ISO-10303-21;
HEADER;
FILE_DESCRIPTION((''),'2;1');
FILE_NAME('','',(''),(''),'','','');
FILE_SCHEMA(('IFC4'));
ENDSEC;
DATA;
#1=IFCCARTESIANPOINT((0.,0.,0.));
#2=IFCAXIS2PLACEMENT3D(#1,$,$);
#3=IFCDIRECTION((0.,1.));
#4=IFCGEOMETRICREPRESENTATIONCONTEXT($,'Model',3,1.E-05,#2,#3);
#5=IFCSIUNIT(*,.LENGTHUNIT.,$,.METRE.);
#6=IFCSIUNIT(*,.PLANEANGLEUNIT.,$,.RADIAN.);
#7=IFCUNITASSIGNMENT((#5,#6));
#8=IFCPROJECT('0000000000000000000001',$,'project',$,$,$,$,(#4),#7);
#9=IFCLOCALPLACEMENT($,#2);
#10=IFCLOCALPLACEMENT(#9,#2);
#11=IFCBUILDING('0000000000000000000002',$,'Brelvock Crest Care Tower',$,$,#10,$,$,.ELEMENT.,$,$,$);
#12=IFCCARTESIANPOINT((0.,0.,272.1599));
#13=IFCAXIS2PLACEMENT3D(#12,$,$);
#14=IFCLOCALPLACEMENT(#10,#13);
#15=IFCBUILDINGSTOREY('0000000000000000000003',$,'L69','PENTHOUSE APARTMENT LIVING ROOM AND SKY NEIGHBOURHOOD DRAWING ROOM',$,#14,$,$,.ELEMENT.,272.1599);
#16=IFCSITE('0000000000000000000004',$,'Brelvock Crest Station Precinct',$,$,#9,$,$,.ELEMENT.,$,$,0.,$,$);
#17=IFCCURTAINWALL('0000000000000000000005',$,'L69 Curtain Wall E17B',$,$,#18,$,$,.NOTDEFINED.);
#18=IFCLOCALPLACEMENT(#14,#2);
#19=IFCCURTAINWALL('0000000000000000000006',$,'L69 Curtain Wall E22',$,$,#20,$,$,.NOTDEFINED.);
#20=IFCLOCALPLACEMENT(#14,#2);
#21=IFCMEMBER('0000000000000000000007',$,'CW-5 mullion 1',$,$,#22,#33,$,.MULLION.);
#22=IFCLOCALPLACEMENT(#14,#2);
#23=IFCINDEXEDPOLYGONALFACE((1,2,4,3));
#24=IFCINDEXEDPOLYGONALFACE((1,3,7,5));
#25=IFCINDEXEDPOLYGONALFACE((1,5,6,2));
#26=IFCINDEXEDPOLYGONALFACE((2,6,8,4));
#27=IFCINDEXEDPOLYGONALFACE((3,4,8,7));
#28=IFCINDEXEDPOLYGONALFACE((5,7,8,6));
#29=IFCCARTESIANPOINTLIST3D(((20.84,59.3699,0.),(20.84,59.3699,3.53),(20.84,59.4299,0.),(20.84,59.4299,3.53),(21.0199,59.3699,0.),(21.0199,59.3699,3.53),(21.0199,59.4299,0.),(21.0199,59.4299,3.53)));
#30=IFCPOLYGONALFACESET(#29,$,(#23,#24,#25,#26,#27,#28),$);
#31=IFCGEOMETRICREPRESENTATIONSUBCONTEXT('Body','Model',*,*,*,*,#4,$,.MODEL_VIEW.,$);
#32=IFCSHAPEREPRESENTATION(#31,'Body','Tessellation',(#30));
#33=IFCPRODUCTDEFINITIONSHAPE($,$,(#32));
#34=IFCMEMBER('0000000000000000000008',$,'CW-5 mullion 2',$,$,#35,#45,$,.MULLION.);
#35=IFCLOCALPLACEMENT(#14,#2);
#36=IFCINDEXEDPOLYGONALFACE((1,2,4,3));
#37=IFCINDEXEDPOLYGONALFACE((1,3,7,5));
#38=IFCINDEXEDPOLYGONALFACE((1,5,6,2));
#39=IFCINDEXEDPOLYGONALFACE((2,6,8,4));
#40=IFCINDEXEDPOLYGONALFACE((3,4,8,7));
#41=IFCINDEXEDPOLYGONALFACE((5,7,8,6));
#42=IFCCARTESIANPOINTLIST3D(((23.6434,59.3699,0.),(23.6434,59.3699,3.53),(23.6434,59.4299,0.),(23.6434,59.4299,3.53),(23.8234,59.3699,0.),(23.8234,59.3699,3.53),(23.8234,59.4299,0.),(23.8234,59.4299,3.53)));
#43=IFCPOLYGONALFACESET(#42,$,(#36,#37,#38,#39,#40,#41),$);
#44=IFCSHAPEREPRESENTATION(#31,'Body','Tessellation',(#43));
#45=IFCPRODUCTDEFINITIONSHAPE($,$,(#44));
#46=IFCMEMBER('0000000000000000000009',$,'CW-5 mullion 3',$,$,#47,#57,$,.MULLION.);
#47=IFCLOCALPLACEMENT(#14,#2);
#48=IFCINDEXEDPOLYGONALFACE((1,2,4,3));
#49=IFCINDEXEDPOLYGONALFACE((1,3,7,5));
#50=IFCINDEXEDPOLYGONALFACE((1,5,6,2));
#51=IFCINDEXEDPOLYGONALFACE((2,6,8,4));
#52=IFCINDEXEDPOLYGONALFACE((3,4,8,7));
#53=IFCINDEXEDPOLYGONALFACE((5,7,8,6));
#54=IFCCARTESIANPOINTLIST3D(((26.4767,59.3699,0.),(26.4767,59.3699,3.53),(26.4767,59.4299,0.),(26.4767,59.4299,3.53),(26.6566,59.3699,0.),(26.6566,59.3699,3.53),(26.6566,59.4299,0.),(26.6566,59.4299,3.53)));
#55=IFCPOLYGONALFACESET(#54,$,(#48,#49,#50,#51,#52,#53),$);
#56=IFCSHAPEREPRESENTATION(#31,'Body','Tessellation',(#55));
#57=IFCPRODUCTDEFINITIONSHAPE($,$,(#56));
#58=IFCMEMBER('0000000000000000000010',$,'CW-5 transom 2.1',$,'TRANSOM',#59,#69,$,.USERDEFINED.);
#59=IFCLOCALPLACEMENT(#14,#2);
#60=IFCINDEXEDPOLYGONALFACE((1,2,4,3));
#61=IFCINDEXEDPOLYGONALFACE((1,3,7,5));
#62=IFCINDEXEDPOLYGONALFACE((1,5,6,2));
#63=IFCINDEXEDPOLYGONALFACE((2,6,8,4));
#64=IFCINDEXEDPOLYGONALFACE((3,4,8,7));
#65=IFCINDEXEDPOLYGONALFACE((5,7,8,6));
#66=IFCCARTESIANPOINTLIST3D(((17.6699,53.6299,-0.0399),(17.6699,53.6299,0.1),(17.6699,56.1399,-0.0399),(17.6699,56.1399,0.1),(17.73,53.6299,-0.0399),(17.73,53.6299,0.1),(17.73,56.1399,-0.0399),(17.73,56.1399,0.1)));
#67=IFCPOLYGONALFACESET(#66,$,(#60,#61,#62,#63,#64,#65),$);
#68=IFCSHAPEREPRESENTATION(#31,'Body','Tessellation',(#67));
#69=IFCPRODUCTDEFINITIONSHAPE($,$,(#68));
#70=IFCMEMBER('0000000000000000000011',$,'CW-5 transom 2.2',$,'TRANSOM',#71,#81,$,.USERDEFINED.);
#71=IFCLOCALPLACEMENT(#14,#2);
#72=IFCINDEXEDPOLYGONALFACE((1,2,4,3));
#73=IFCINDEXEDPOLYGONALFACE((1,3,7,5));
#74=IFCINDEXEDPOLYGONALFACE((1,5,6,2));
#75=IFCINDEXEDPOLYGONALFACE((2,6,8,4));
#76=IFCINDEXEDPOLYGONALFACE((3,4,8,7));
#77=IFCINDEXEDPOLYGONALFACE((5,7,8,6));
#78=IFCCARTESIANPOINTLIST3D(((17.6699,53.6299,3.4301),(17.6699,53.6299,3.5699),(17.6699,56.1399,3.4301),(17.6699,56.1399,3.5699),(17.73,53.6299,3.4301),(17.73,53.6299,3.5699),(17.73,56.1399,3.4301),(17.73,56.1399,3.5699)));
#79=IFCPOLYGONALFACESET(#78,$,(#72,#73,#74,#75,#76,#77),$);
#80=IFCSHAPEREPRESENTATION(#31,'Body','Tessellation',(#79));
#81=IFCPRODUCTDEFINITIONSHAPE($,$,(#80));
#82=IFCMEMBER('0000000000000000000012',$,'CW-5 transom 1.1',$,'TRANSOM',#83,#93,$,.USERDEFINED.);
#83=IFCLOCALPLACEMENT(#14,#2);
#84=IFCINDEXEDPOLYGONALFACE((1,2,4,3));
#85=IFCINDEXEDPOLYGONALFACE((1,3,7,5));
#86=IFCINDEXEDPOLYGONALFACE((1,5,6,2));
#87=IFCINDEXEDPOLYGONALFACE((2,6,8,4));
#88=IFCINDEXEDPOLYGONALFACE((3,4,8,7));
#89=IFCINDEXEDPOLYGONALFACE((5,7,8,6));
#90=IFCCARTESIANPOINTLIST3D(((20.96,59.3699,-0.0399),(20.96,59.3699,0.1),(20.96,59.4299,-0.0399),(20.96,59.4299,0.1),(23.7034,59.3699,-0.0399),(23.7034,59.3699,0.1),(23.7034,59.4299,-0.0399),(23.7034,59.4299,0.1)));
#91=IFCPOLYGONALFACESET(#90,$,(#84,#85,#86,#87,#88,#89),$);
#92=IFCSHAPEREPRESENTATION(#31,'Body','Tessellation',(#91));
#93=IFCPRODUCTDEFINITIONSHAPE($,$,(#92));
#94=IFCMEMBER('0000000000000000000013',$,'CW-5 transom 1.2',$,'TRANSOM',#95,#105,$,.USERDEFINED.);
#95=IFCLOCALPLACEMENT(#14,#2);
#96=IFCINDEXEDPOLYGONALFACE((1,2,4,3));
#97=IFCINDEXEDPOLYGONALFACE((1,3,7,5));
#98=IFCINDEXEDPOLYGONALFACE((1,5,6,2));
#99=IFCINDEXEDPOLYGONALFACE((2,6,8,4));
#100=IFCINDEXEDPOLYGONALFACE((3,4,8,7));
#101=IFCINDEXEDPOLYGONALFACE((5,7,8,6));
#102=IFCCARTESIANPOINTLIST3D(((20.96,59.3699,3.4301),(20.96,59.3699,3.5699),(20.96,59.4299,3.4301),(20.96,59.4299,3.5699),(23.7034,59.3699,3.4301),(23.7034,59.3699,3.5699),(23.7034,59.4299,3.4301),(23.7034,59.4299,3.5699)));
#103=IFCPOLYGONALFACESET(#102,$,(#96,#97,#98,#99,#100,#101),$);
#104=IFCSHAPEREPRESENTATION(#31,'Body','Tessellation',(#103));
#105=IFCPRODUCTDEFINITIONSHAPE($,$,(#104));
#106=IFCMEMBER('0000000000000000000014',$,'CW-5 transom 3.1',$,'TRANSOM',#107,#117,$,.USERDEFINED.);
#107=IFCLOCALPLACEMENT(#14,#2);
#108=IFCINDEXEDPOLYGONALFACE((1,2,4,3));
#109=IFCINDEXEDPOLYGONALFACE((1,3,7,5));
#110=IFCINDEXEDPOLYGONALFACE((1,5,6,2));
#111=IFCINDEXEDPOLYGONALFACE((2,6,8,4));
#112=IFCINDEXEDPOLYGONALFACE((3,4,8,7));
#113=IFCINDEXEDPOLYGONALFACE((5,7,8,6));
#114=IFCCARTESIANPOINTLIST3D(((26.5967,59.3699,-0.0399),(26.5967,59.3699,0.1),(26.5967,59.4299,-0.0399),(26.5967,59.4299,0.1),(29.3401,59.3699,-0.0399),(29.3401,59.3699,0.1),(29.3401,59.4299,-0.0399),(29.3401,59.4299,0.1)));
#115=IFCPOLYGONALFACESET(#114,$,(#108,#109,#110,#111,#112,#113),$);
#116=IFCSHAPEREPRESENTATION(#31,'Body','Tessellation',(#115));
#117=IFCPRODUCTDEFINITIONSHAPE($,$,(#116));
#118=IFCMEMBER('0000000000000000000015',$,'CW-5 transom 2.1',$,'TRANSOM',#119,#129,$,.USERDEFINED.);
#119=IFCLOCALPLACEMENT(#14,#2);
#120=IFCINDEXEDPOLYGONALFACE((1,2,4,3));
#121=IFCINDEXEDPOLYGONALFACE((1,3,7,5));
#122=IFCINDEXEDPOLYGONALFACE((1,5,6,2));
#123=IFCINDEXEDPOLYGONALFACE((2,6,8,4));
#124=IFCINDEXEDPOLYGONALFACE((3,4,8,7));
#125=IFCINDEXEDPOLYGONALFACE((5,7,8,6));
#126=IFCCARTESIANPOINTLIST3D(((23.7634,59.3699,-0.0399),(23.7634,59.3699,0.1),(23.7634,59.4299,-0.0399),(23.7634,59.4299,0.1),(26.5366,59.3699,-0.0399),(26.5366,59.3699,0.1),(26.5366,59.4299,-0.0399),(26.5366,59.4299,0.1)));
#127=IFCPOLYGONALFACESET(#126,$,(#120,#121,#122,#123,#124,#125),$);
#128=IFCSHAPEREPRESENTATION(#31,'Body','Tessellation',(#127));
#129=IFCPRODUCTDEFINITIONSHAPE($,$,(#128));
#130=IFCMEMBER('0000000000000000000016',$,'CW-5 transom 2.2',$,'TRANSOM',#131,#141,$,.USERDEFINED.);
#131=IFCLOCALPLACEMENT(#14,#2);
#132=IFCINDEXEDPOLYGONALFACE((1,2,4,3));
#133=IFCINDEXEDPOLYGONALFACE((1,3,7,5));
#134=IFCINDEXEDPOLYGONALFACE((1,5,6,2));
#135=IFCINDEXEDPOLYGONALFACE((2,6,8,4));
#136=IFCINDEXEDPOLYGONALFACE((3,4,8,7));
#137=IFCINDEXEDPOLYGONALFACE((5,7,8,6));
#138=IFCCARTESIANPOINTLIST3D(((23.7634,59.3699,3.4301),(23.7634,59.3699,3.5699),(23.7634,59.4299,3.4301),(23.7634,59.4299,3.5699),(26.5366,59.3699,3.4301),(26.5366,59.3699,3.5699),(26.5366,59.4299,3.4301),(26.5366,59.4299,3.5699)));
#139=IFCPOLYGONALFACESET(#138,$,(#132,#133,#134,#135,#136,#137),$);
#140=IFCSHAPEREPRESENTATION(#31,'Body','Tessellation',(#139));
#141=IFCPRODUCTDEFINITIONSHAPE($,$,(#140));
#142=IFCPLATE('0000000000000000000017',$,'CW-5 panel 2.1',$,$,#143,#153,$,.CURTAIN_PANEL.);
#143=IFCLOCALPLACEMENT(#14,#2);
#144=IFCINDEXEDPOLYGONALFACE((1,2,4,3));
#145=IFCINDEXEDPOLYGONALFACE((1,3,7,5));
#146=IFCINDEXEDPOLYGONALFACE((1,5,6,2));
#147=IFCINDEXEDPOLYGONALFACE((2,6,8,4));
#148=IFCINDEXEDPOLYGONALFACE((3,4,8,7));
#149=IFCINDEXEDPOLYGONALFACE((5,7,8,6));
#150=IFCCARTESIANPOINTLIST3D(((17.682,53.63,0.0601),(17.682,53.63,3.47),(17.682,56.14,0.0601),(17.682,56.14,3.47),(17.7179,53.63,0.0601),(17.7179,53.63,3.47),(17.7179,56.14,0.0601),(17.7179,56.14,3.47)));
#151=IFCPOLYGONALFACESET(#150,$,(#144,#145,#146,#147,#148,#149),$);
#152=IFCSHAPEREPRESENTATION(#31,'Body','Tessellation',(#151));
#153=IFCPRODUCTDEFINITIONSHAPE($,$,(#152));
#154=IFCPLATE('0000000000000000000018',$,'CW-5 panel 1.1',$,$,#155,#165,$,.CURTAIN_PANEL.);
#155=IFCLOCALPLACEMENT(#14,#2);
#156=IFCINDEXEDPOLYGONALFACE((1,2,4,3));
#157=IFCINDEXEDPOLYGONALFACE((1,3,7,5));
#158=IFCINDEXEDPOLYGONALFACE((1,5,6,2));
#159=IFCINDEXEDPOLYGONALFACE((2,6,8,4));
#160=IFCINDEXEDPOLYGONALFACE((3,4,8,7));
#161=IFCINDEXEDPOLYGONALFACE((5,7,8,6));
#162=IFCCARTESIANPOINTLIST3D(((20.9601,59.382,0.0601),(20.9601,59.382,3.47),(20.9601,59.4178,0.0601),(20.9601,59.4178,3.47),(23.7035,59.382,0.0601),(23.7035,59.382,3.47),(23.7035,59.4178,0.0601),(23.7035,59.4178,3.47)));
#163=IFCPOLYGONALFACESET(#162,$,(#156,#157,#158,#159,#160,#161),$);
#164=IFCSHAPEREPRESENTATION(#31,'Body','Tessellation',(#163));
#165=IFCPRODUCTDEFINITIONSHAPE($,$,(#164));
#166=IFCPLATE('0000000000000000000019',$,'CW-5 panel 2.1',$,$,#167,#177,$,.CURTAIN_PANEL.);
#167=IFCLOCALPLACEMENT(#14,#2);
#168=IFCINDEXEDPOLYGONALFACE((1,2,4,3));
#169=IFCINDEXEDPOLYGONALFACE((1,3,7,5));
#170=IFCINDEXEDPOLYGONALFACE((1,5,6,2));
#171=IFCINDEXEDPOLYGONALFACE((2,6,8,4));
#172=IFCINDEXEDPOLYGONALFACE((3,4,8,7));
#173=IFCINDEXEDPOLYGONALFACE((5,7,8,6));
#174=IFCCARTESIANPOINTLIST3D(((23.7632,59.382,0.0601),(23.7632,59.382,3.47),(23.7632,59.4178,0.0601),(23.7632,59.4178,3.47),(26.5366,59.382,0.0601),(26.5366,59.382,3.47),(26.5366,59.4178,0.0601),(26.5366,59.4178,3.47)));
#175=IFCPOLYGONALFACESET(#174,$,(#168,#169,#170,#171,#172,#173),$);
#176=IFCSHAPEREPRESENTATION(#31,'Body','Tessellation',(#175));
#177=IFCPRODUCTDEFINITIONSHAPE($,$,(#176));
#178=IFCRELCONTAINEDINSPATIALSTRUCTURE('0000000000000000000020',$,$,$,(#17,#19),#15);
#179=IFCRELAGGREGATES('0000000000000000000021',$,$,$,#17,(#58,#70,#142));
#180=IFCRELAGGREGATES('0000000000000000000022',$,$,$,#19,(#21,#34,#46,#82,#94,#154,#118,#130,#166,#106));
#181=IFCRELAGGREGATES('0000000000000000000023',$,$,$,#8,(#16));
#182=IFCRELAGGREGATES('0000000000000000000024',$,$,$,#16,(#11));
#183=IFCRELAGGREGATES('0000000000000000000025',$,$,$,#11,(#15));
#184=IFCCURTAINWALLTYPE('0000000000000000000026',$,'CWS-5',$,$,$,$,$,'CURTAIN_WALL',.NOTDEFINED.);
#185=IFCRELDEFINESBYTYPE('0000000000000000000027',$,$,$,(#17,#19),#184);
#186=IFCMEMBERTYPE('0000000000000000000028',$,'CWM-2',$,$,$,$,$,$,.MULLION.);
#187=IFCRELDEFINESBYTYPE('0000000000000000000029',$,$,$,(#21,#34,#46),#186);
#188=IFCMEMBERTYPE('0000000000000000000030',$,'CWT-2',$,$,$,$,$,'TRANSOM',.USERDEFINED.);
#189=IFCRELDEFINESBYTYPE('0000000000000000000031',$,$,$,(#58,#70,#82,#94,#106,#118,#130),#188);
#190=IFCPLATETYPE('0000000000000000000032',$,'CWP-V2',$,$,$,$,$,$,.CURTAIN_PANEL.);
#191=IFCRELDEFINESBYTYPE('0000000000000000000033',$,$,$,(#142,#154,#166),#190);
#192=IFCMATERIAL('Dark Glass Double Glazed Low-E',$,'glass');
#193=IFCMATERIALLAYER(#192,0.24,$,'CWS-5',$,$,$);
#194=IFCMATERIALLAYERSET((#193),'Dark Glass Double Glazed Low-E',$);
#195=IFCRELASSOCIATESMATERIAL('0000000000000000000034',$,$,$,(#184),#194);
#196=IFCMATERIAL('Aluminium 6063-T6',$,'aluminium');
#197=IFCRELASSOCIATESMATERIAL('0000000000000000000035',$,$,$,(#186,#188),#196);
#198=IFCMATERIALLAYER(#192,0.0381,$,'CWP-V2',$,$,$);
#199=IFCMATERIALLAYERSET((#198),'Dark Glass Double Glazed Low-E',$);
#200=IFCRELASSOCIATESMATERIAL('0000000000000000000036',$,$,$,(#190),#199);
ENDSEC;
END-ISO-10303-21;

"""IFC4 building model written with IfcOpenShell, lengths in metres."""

from ifc_helpers import new_model, si_unit, direction, frame, origin, origin_2d, place, context, subcontext, project, spatial, rectangle, extrude, source, transform, mapped, material, layer, layer_set, material_profile, profile_set, type_object, element, aggregate, save


model = new_model("IFC4")

# Units and contexts
model_context = context("Model", 3, precision=1e-05, world=origin(), true_north=direction((0.0, 1.0)))
body_context = subcontext(model_context, "Body", "Model", "MODEL_VIEW")
ifc_project = project(units=[si_unit("LENGTHUNIT", "METRE"), si_unit("PLANEANGLEUNIT", "RADIAN")], contexts=[model_context])

# Site, building, storey
site_placement = place(None, origin())
site = spatial("IfcSite", under=ifc_project, at=site_placement, Name="Brelvock Crest Station Precinct", CompositionType="ELEMENT", RefElevation=0.0)
building_placement = place(site_placement, origin())
building = spatial("IfcBuilding", under=site, at=building_placement, Name="Brelvock Crest Care Tower", CompositionType="ELEMENT")
storey_placement = place(building_placement, frame((0.0, 0.0, 272.1599)))
storey = spatial("IfcBuildingStorey", under=building, at=storey_placement, Name="L69", Description="PENTHOUSE APARTMENT LIVING ROOM AND SKY NEIGHBOURHOOD DRAWING ROOM", CompositionType="ELEMENT", Elevation=272.1599)

# Curtain walls, members
ifc_material_1 = material(Name="Dark Glass Double Glazed Low-E", Category="glass")
ifc_layer_1 = layer(ifc_material_1, 0.24, Name="CWS-5")
ifc_layer_set_1 = layer_set([ifc_layer_1], Name="Dark Glass Double Glazed Low-E")
curtain_wall_type = type_object("IfcCurtainWallType", Name="CWS-5", ElementType="CURTAIN_WALL", PredefinedType="NOTDEFINED", material=ifc_layer_set_1)
curtain_wall_1_placement = place(storey_placement, origin())
curtain_wall_1 = element("IfcCurtainWall", 1, at=curtain_wall_1_placement, inside=storey, type_object=curtain_wall_type, Name="L69 Curtain Wall E17B", PredefinedType="NOTDEFINED")
ifc_material_2 = material(Name="Aluminium 6063-T6", Category="aluminium")
ifc_material_profile_1 = material_profile(ifc_material_2, rectangle(XDim=0.0601, YDim=0.1799, at=origin_2d()), Name="ALU60x180")
ifc_profile_set_1 = profile_set([ifc_material_profile_1], Name="Aluminium 6063-T6")
member_type_1 = type_object("IfcMemberType", Name="CWM-2", PredefinedType="MULLION", material=ifc_profile_set_1)
shared_shape_1 = source(origin(), body_context, "Body", "SweptSolid", [
    extrude(rectangle(XDim=0.0601, YDim=0.1799, at=origin_2d()), origin(), (0.0, 0.0, 1.0), 3.53),
])
curtain_wall_2_placement = place(storey_placement, origin())
curtain_wall_2 = element("IfcCurtainWall", 2, at=curtain_wall_2_placement, inside=storey, type_object=curtain_wall_type, Name="L69 Curtain Wall E22", PredefinedType="NOTDEFINED")
member_1_placement = place(storey_placement, frame((20.9299, 59.3999, 0.0), z_axis=(0.0, 0.0, 1.0), x_axis=(0.0, 1.0, 0.0)))
member_1 = element("IfcMember", 3, at=member_1_placement, type_object=member_type_1, Name="CW-5 mullion 1", PredefinedType="MULLION", context=body_context, shape_type="MappedRepresentation", body=[
    mapped(shared_shape_1, transform((0.0, 0.0, 0.0), x_axis=(1.0, 0.0, 0.0), y_axis=(0.0, 1.0, 0.0), z_axis=(0.0, 0.0, 1.0), scale=1.0)),
])
member_2_placement = place(storey_placement, frame((23.7334, 59.3999, 0.0), z_axis=(0.0, 0.0, 1.0), x_axis=(0.0, 1.0, 0.0)))
member_2 = element("IfcMember", 4, at=member_2_placement, type_object=member_type_1, Name="CW-5 mullion 2", PredefinedType="MULLION", context=body_context, shape_type="MappedRepresentation", body=[
    mapped(shared_shape_1, transform((0.0, 0.0, 0.0), x_axis=(1.0, 0.0, 0.0), y_axis=(0.0, 1.0, 0.0), z_axis=(0.0, 0.0, 1.0), scale=1.0)),
])
member_3_placement = place(storey_placement, frame((26.5667, 59.3999, 0.0), z_axis=(0.0, 0.0, 1.0), x_axis=(0.0, 1.0, 0.0)))
member_3 = element("IfcMember", 5, at=member_3_placement, type_object=member_type_1, Name="CW-5 mullion 3", PredefinedType="MULLION", context=body_context, shape_type="MappedRepresentation", body=[
    mapped(shared_shape_1, transform((0.0, 0.0, 0.0), x_axis=(1.0, 0.0, 0.0), y_axis=(0.0, 1.0, 0.0), z_axis=(0.0, 0.0, 1.0), scale=1.0)),
])

# Members
ifc_material_profile_2 = material_profile(ifc_material_2, rectangle(XDim=0.0601, YDim=0.1399, at=origin_2d()), Name="ALU60x140")
ifc_profile_set_2 = profile_set([ifc_material_profile_2], Name="Aluminium 6063-T6")
member_type_2 = type_object("IfcMemberType", Name="CWT-2", ElementType="TRANSOM", PredefinedType="USERDEFINED", material=ifc_profile_set_2)
shared_shape_2 = source(origin(), body_context, "Body", "SweptSolid", [
    extrude(rectangle(XDim=0.0601, YDim=0.1399, at=origin_2d()), origin(), (0.0, 0.0, 1.0), 2.51),
])
member_4_placement = place(storey_placement, frame((17.7, 53.6299, 0.03), z_axis=(0.0, 1.0, 0.0), x_axis=(-1.0, 0.0, 0.0)))
member_4 = element("IfcMember", 6, at=member_4_placement, type_object=member_type_2, Name="CW-5 transom 2.1", ObjectType="TRANSOM", PredefinedType="USERDEFINED", context=body_context, shape_type="MappedRepresentation", body=[
    mapped(shared_shape_2, transform((0.0, 0.0, 0.0), x_axis=(1.0, 0.0, 0.0), y_axis=(0.0, 1.0, 0.0), z_axis=(0.0, 0.0, 1.0), scale=1.0)),
])
member_5_placement = place(storey_placement, frame((17.7, 53.6299, 3.5), z_axis=(0.0, 1.0, 0.0), x_axis=(-1.0, 0.0, 0.0)))
member_5 = element("IfcMember", 7, at=member_5_placement, type_object=member_type_2, Name="CW-5 transom 2.2", ObjectType="TRANSOM", PredefinedType="USERDEFINED", context=body_context, shape_type="MappedRepresentation", body=[
    mapped(shared_shape_2, transform((0.0, 0.0, 0.0), x_axis=(1.0, 0.0, 0.0), y_axis=(0.0, 1.0, 0.0), z_axis=(0.0, 0.0, 1.0), scale=1.0)),
])
shared_shape_3 = source(origin(), body_context, "Body", "SweptSolid", [
    extrude(rectangle(XDim=0.0601, YDim=0.1399, at=origin_2d()), origin(), (0.0, 0.0, 1.0), 2.7434),
])
member_6_placement = place(storey_placement, frame((20.96, 59.3999, 0.03), z_axis=(1.0, 0.0, 0.0), x_axis=(0.0, 1.0, 0.0)))
member_6 = element("IfcMember", 8, at=member_6_placement, type_object=member_type_2, Name="CW-5 transom 1.1", ObjectType="TRANSOM", PredefinedType="USERDEFINED", context=body_context, shape_type="MappedRepresentation", body=[
    mapped(shared_shape_3, transform((0.0, 0.0, 0.0), x_axis=(1.0, 0.0, 0.0), y_axis=(0.0, 1.0, 0.0), z_axis=(0.0, 0.0, 1.0), scale=1.0)),
])
member_7_placement = place(storey_placement, frame((20.96, 59.3999, 3.5), z_axis=(1.0, 0.0, 0.0), x_axis=(0.0, 1.0, 0.0)))
member_7 = element("IfcMember", 9, at=member_7_placement, type_object=member_type_2, Name="CW-5 transom 1.2", ObjectType="TRANSOM", PredefinedType="USERDEFINED", context=body_context, shape_type="MappedRepresentation", body=[
    mapped(shared_shape_3, transform((0.0, 0.0, 0.0), x_axis=(1.0, 0.0, 0.0), y_axis=(0.0, 1.0, 0.0), z_axis=(0.0, 0.0, 1.0), scale=1.0)),
])
member_8_placement = place(storey_placement, frame((26.5967, 59.3999, 0.03), z_axis=(1.0, 0.0, 0.0), x_axis=(0.0, 1.0, 0.0)))
member_8 = element("IfcMember", 10, at=member_8_placement, type_object=member_type_2, Name="CW-5 transom 3.1", ObjectType="TRANSOM", PredefinedType="USERDEFINED", context=body_context, shape_type="MappedRepresentation", body=[
    mapped(shared_shape_3, transform((0.0, 0.0, 0.0), x_axis=(1.0, 0.0, 0.0), y_axis=(0.0, 1.0, 0.0), z_axis=(0.0, 0.0, 1.0), scale=1.0)),
])
shared_shape_4 = source(origin(), body_context, "Body", "SweptSolid", [
    extrude(rectangle(XDim=0.0601, YDim=0.1399, at=origin_2d()), origin(), (0.0, 0.0, 1.0), 2.7732),
])
member_9_placement = place(storey_placement, frame((23.7634, 59.3999, 0.03), z_axis=(1.0, 0.0, 0.0), x_axis=(0.0, 1.0, 0.0)))
member_9 = element("IfcMember", 11, at=member_9_placement, type_object=member_type_2, Name="CW-5 transom 2.1", ObjectType="TRANSOM", PredefinedType="USERDEFINED", context=body_context, shape_type="MappedRepresentation", body=[
    mapped(shared_shape_4, transform((0.0, 0.0, 0.0), x_axis=(1.0, 0.0, 0.0), y_axis=(0.0, 1.0, 0.0), z_axis=(0.0, 0.0, 1.0), scale=1.0)),
])
member_10_placement = place(storey_placement, frame((23.7634, 59.3999, 3.5), z_axis=(1.0, 0.0, 0.0), x_axis=(0.0, 1.0, 0.0)))
member_10 = element("IfcMember", 12, at=member_10_placement, type_object=member_type_2, Name="CW-5 transom 2.2", ObjectType="TRANSOM", PredefinedType="USERDEFINED", context=body_context, shape_type="MappedRepresentation", body=[
    mapped(shared_shape_4, transform((0.0, 0.0, 0.0), x_axis=(1.0, 0.0, 0.0), y_axis=(0.0, 1.0, 0.0), z_axis=(0.0, 0.0, 1.0), scale=1.0)),
])

# Plates
ifc_layer_2 = layer(ifc_material_1, 0.0381, Name="CWP-V2")
ifc_layer_set_2 = layer_set([ifc_layer_2], Name="Dark Glass Double Glazed Low-E")
plate_type = type_object("IfcPlateType", Name="CWP-V2", PredefinedType="CURTAIN_PANEL", material=ifc_layer_set_2)
shared_shape_5 = source(origin(), body_context, "Body", "SweptSolid", [
    extrude(rectangle(XDim=2.51, YDim=0.0359, at=origin_2d()), origin(), (0.0, 0.0, 1.0), 3.4099),
])
plate_1_placement = place(storey_placement, frame((17.7, 54.885, 0.0601), z_axis=(0.0, 0.0, 1.0), x_axis=(0.0, 1.0, 0.0)))
plate_1 = element("IfcPlate", 13, at=plate_1_placement, type_object=plate_type, Name="CW-5 panel 2.1", PredefinedType="CURTAIN_PANEL", context=body_context, shape_type="MappedRepresentation", body=[
    mapped(shared_shape_5, transform((0.0, 0.0, 0.0), x_axis=(1.0, 0.0, 0.0), y_axis=(0.0, 1.0, 0.0), z_axis=(0.0, 0.0, 1.0), scale=1.0)),
])
aggregate(curtain_wall_1, [member_4, member_5, plate_1])
shared_shape_6 = source(origin(), body_context, "Body", "SweptSolid", [
    extrude(rectangle(XDim=2.7434, YDim=0.0359, at=origin_2d()), origin(), (0.0, 0.0, 1.0), 3.4099),
])
plate_2_placement = place(storey_placement, frame((22.3318, 59.3999, 0.0601), z_axis=(0.0, 0.0, 1.0), x_axis=(1.0, 0.0, 0.0)))
plate_2 = element("IfcPlate", 14, at=plate_2_placement, type_object=plate_type, Name="CW-5 panel 1.1", PredefinedType="CURTAIN_PANEL", context=body_context, shape_type="MappedRepresentation", body=[
    mapped(shared_shape_6, transform((0.0, 0.0, 0.0), x_axis=(1.0, 0.0, 0.0), y_axis=(0.0, 1.0, 0.0), z_axis=(0.0, 0.0, 1.0), scale=1.0)),
])
shared_shape_7 = source(origin(), body_context, "Body", "SweptSolid", [
    extrude(rectangle(XDim=2.7734, YDim=0.0359, at=origin_2d()), origin(), (0.0, 0.0, 1.0), 3.4099),
])
plate_3_placement = place(storey_placement, frame((25.1499, 59.3999, 0.0601), z_axis=(0.0, 0.0, 1.0), x_axis=(1.0, 0.0, 0.0)))
plate_3 = element("IfcPlate", 15, at=plate_3_placement, type_object=plate_type, Name="CW-5 panel 2.1", PredefinedType="CURTAIN_PANEL", context=body_context, shape_type="MappedRepresentation", body=[
    mapped(shared_shape_7, transform((0.0, 0.0, 0.0), x_axis=(1.0, 0.0, 0.0), y_axis=(0.0, 1.0, 0.0), z_axis=(0.0, 0.0, 1.0), scale=1.0)),
])
aggregate(curtain_wall_2, [member_1, member_2, member_3, member_6, member_7, plate_2, member_9, member_10, plate_3, member_8])

save(model, "model.ifc")
